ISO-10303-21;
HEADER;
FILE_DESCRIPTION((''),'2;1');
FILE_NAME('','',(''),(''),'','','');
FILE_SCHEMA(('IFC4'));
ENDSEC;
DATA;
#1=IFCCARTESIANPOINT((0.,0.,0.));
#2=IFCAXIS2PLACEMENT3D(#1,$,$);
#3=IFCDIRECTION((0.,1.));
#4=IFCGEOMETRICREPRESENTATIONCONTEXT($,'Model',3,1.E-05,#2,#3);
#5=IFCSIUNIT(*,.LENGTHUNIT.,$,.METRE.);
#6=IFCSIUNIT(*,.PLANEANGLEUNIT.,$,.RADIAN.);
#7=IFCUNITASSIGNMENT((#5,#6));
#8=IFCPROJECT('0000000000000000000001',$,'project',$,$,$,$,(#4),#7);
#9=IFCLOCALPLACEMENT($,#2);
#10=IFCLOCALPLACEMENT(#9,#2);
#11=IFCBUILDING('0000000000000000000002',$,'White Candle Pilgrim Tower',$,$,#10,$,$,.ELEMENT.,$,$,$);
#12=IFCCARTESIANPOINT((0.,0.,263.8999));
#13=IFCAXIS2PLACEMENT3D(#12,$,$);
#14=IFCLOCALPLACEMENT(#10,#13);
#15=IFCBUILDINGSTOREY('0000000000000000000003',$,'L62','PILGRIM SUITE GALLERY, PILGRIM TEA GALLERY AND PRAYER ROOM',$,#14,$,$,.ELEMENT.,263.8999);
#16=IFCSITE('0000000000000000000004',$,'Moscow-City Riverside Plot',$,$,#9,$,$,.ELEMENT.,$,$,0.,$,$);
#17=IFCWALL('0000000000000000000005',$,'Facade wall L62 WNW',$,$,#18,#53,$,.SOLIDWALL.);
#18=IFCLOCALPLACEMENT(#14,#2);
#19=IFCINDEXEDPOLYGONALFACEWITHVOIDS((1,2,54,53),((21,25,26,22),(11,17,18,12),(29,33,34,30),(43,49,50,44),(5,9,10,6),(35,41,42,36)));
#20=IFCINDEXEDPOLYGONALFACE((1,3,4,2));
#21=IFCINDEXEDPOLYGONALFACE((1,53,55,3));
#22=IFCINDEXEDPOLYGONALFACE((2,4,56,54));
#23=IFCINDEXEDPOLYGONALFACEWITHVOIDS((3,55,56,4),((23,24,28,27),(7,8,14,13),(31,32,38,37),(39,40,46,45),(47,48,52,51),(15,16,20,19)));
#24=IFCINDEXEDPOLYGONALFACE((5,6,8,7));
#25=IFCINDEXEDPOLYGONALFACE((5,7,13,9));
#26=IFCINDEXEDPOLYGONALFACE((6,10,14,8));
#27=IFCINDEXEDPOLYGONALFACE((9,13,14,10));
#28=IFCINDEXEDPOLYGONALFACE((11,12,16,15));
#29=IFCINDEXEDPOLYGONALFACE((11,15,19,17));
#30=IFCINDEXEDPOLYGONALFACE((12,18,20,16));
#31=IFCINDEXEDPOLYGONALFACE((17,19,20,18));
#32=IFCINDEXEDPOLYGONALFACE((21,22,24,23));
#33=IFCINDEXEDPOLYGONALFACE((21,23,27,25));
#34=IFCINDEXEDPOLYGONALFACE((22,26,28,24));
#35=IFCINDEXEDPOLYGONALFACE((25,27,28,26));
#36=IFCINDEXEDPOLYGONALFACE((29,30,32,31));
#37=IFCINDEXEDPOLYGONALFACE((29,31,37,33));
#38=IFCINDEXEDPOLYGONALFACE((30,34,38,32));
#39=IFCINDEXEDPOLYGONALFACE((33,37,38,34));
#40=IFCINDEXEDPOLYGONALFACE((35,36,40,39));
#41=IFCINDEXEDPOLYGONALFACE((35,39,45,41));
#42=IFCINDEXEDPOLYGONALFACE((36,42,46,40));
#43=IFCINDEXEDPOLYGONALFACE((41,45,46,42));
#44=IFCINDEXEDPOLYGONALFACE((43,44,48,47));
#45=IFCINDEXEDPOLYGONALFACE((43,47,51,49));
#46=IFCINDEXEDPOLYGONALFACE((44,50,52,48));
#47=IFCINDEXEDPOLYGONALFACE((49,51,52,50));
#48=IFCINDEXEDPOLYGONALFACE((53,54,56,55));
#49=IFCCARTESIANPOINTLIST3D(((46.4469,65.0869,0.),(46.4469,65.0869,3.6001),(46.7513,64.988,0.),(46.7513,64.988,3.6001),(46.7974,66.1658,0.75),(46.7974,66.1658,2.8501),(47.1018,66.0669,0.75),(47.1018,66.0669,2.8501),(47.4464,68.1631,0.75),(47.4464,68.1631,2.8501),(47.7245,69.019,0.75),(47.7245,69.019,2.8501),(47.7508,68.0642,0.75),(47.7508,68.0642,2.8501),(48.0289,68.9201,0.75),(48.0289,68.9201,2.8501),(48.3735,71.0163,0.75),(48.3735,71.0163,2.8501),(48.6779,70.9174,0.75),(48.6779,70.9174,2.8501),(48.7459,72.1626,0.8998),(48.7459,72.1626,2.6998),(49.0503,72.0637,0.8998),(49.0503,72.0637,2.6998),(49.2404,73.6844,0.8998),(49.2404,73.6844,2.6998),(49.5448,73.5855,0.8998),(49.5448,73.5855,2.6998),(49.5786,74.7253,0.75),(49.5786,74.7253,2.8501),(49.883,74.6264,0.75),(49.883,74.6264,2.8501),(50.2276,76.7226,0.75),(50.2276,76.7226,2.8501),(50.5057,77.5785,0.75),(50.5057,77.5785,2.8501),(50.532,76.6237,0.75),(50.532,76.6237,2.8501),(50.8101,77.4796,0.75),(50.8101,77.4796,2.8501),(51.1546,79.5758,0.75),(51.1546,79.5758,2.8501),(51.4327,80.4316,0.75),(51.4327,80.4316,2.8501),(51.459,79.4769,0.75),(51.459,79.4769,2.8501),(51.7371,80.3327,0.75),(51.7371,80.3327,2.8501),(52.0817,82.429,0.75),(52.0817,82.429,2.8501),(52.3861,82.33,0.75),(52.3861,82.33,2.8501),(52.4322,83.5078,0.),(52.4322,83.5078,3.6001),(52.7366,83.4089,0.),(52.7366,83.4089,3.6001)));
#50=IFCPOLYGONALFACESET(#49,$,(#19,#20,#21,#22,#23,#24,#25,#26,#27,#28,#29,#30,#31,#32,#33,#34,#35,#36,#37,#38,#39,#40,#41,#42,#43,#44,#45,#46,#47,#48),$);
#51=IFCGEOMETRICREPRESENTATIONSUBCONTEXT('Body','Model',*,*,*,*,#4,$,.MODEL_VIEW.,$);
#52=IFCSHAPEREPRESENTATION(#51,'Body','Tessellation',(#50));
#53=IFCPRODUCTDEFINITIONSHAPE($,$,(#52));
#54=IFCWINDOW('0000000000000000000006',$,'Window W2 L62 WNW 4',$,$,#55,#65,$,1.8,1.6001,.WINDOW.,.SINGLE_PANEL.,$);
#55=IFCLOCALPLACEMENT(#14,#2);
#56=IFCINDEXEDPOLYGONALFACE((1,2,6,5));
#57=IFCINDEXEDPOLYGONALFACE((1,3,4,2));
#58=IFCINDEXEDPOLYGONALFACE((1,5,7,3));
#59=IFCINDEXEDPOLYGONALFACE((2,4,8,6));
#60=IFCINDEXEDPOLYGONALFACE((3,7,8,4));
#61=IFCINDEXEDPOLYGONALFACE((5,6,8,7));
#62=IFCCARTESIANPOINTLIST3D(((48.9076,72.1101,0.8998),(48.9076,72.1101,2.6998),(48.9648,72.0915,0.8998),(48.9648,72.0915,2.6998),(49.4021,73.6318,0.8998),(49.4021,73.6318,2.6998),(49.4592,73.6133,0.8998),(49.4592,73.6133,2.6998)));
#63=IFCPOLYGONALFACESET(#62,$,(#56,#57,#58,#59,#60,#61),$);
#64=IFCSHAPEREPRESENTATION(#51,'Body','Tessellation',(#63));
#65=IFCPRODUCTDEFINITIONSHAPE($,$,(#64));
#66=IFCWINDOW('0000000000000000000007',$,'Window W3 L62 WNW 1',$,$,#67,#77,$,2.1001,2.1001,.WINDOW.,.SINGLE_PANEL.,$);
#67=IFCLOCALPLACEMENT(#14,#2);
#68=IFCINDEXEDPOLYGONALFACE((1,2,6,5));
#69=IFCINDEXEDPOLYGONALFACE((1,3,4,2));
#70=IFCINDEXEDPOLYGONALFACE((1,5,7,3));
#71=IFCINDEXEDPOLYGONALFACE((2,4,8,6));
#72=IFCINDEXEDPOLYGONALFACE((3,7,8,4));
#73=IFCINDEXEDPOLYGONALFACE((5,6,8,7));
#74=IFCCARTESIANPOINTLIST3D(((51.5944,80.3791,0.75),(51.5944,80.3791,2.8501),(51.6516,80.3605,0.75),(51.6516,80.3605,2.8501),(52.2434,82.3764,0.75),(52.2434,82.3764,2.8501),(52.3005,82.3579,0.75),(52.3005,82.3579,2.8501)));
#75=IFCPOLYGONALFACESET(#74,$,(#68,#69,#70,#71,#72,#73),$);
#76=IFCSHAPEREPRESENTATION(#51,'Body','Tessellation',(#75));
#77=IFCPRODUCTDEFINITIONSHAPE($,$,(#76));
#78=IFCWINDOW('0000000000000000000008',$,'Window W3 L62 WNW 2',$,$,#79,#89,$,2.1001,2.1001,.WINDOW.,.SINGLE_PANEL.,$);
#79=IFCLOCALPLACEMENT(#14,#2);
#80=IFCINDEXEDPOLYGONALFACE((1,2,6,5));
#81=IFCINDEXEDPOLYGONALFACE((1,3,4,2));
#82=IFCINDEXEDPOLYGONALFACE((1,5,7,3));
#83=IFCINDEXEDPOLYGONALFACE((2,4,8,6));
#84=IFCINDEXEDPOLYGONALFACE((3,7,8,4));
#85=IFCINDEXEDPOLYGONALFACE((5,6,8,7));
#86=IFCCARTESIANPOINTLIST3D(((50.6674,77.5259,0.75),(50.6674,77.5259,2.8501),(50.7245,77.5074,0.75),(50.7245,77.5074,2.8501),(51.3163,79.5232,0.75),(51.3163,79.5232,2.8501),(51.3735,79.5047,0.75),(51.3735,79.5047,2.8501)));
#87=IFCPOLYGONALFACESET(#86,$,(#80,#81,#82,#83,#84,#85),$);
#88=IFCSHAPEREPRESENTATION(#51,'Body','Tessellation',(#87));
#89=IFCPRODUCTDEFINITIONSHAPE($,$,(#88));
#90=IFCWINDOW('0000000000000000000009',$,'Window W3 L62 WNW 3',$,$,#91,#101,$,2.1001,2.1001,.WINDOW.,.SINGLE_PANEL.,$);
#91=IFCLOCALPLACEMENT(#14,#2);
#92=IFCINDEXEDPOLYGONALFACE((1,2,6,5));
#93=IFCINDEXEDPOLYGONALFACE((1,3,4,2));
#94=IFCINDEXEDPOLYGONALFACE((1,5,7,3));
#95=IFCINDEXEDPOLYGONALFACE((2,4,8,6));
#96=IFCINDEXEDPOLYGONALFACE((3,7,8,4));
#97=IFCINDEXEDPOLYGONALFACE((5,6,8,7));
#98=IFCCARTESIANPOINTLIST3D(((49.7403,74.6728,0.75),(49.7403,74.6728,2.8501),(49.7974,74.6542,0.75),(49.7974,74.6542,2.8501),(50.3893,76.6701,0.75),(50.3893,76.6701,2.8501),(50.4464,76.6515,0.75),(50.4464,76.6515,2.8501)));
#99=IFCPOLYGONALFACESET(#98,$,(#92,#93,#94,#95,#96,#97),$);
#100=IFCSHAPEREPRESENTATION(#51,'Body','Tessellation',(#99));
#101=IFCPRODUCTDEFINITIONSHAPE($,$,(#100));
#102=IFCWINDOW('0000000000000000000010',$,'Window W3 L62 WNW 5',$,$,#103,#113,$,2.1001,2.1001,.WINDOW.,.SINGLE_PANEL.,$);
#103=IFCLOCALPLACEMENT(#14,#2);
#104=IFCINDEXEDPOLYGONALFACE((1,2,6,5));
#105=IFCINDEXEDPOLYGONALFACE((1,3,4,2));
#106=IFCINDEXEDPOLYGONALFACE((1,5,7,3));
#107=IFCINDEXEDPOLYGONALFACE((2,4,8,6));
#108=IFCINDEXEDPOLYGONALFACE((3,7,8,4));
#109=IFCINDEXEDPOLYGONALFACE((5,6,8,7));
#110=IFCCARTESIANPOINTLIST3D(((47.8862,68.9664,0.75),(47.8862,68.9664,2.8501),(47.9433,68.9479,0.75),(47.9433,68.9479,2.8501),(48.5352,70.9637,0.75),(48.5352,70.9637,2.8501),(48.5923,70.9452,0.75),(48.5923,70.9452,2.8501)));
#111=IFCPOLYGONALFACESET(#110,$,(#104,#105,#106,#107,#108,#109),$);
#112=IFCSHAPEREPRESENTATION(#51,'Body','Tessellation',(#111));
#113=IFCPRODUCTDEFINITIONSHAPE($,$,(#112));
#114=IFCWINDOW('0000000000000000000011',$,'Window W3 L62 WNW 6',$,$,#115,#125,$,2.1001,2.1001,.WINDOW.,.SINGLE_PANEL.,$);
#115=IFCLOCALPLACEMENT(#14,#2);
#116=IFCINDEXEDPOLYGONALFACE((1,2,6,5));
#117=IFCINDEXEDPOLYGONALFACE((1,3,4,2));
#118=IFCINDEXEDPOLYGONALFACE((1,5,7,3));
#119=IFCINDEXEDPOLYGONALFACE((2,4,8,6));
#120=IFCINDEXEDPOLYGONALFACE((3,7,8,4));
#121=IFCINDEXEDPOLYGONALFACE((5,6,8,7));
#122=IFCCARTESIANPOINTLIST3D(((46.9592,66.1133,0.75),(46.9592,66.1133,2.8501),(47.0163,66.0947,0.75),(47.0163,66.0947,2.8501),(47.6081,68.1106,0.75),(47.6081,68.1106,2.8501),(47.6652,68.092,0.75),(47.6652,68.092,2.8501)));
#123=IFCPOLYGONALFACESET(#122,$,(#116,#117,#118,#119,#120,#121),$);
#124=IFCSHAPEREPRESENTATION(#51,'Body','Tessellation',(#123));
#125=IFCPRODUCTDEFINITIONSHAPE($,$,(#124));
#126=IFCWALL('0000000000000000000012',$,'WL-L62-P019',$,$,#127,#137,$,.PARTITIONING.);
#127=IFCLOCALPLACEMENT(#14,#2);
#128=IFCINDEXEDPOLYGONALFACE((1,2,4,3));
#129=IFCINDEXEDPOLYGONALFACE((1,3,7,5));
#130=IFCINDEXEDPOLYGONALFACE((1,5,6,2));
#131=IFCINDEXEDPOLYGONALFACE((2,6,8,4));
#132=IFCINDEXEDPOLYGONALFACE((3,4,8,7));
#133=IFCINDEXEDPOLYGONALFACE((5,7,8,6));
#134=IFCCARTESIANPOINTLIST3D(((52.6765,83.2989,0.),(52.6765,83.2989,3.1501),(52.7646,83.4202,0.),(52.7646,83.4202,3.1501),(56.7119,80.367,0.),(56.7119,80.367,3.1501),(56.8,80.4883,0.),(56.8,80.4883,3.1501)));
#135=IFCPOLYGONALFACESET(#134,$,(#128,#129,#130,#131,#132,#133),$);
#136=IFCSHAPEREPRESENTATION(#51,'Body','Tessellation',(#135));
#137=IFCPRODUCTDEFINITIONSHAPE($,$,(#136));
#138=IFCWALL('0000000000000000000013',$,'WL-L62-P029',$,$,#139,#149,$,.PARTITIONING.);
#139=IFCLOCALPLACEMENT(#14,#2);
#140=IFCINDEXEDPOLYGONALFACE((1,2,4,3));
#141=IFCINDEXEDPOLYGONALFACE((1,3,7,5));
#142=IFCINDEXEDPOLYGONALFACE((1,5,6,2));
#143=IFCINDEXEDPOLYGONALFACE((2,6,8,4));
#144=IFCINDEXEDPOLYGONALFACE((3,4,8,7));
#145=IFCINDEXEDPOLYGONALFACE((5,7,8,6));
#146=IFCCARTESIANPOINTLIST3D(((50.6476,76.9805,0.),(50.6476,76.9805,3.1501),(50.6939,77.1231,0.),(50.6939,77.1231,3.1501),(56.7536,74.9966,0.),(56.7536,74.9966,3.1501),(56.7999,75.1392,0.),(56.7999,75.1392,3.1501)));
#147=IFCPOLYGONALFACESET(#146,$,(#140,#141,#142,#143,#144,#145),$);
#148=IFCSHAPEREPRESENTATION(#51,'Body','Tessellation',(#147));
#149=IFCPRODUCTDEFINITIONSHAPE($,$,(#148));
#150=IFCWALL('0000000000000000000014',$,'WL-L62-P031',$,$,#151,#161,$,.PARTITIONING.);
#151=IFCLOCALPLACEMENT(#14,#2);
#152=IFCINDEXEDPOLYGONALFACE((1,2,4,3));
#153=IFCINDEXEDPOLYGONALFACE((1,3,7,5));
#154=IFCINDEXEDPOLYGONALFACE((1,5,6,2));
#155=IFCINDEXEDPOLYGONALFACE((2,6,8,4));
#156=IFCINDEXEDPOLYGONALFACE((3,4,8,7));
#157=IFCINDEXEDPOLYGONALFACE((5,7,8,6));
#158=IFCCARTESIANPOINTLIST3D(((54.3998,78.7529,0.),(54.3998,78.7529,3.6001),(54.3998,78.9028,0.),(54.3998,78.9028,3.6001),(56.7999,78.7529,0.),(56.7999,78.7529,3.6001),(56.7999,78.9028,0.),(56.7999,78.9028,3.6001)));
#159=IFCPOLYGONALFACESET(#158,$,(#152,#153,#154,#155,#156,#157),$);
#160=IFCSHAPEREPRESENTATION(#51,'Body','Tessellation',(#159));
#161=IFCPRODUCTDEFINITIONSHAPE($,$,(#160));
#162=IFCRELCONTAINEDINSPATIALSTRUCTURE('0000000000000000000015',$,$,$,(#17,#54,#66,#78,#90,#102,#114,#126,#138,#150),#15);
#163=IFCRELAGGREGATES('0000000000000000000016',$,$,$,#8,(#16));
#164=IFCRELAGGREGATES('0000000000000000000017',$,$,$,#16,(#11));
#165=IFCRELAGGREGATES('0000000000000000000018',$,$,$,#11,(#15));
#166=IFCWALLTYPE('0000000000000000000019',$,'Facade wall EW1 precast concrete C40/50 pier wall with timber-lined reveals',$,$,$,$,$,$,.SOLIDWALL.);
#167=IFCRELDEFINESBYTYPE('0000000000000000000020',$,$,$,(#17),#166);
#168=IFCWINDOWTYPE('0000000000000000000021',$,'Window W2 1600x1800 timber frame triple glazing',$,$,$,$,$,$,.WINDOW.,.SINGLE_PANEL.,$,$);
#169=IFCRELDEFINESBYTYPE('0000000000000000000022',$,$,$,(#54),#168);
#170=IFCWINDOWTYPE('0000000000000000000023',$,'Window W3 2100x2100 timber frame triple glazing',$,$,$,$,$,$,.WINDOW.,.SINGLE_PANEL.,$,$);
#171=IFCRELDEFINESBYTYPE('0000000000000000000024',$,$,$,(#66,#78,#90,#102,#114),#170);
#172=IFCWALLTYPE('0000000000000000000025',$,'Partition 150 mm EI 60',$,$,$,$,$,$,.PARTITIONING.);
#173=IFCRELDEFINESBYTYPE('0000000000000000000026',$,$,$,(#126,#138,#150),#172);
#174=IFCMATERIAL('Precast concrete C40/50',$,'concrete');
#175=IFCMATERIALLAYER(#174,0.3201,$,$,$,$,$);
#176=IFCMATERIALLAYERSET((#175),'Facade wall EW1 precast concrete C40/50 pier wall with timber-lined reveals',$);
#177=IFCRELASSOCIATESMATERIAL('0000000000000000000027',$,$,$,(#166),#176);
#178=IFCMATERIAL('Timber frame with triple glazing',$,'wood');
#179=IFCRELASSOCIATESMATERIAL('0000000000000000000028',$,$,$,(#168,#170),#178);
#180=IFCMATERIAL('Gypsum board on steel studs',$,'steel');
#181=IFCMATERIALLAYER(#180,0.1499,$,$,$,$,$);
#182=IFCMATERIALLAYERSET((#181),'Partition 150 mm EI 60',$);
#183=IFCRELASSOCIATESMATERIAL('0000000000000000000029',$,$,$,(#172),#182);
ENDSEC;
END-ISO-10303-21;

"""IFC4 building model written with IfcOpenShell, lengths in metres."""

from ifc_helpers import new_model, si_unit, direction, frame, frame_2d, origin, place, context, subcontext, project, spatial, rectangle, extrude, material, layer, layer_set, type_object, element, fill, save


model = new_model("IFC4")

# Units and contexts
model_context = context("Model", 3, precision=1e-05, world=origin(), true_north=direction((0.0, 1.0)))
body_context = subcontext(model_context, "Body", "Model", "MODEL_VIEW")
ifc_project = project(units=[si_unit("LENGTHUNIT", "METRE"), si_unit("PLANEANGLEUNIT", "RADIAN")], contexts=[model_context])

# Site, building, storey
site_placement = place(None, origin())
site = spatial("IfcSite", under=ifc_project, at=site_placement, Name="Moscow-City Riverside Plot", CompositionType="ELEMENT", RefElevation=0.0)
building_placement = place(site_placement, origin())
building = spatial("IfcBuilding", under=site, at=building_placement, Name="White Candle Pilgrim Tower", CompositionType="ELEMENT")
storey_placement = place(building_placement, frame((0.0, 0.0, 263.8999)))
storey = spatial("IfcBuildingStorey", under=building, at=storey_placement, Name="L62", Description="PILGRIM SUITE GALLERY, PILGRIM TEA GALLERY AND PRAYER ROOM", CompositionType="ELEMENT", Elevation=263.8999)

# Shared definitions
ifc_material_1 = material(Name="Precast concrete C40/50", Category="concrete")
ifc_layer_1 = layer(ifc_material_1, 0.3201)
ifc_layer_set_1 = layer_set([ifc_layer_1], Name="Facade wall EW1 precast concrete C40/50 pier wall with timber-lined reveals")
wall_type_1 = type_object("IfcWallType", Name="Facade wall EW1 precast concrete C40/50 pier wall with timber-lined reveals", PredefinedType="SOLIDWALL", material=ifc_layer_set_1)
ifc_material_2 = material(Name="Timber frame with triple glazing", Category="wood")

# Wall, openings, windows
wall_1_placement = place(storey_placement, frame((52.5845, 83.4585, 0.0), z_axis=(0.0, 0.0, 1.0), x_axis=(-0.309019, -0.951056, 0.0)))
wall_1 = element("IfcWall", 1, at=wall_1_placement, inside=storey, type_object=wall_type_1, Name="Facade wall L62 WNW", PredefinedType="SOLIDWALL", context=body_context, shape_type="SweptSolid", body=[
    extrude(rectangle(XDim=19.3689, YDim=0.3201, at=frame_2d((9.6846, 0.0))), origin(), (0.0, 0.0, 1.0), 3.6001),
])
opening_1_placement = place(wall_1_placement, frame((1.1345, 0.0, 0.75)))
opening_1 = element("IfcOpeningElement", 2, at=opening_1_placement, cuts=wall_1, PredefinedType="OPENING", context=body_context, shape_type="SweptSolid", body=[
    extrude(rectangle(XDim=2.1001, YDim=2.1001, at=frame_2d((1.05, 1.05))), frame((0.0, 0.1699, 0.0), z_axis=(0.0, -1.0, 0.0), x_axis=(1.0, 0.0, 0.0)), (0.0, 0.0, 1.0), 0.3401),
])
opening_2_placement = place(wall_1_placement, frame((4.1345, 0.0, 0.75)))
opening_2 = element("IfcOpeningElement", 3, at=opening_2_placement, cuts=wall_1, PredefinedType="OPENING", context=body_context, shape_type="SweptSolid", body=[
    extrude(rectangle(XDim=2.1001, YDim=2.1001, at=frame_2d((1.05, 1.05))), frame((0.0, 0.1699, 0.0), z_axis=(0.0, -1.0, 0.0), x_axis=(1.0, 0.0, 0.0)), (0.0, 0.0, 1.0), 0.3401),
])
opening_3_placement = place(wall_1_placement, frame((7.1345, 0.0, 0.75)))
opening_3 = element("IfcOpeningElement", 4, at=opening_3_placement, cuts=wall_1, PredefinedType="OPENING", context=body_context, shape_type="SweptSolid", body=[
    extrude(rectangle(XDim=2.1001, YDim=2.1001, at=frame_2d((1.05, 1.05))), frame((0.0, 0.1699, 0.0), z_axis=(0.0, -1.0, 0.0), x_axis=(1.0, 0.0, 0.0)), (0.0, 0.0, 1.0), 0.3401),
])
opening_4_placement = place(wall_1_placement, frame((10.3291, 0.0, 0.8999)))
opening_4 = element("IfcOpeningElement", 5, at=opening_4_placement, cuts=wall_1, PredefinedType="OPENING", context=body_context, shape_type="SweptSolid", body=[
    extrude(rectangle(XDim=1.6001, YDim=1.8, at=frame_2d((0.8, 0.8999))), frame((0.0, 0.1699, 0.0), z_axis=(0.0, -1.0, 0.0), x_axis=(1.0, 0.0, 0.0)), (0.0, 0.0, 1.0), 0.3401),
])
opening_5_placement = place(wall_1_placement, frame((13.1345, 0.0, 0.75)))
opening_5 = element("IfcOpeningElement", 6, at=opening_5_placement, cuts=wall_1, PredefinedType="OPENING", context=body_context, shape_type="SweptSolid", body=[
    extrude(rectangle(XDim=2.1001, YDim=2.1001, at=frame_2d((1.05, 1.05))), frame((0.0, 0.1699, 0.0), z_axis=(0.0, -1.0, 0.0), x_axis=(1.0, 0.0, 0.0)), (0.0, 0.0, 1.0), 0.3401),
])
opening_6_placement = place(wall_1_placement, frame((16.1345, 0.0, 0.75)))
opening_6 = element("IfcOpeningElement", 7, at=opening_6_placement, cuts=wall_1, PredefinedType="OPENING", context=body_context, shape_type="SweptSolid", body=[
    extrude(rectangle(XDim=2.1001, YDim=2.1001, at=frame_2d((1.05, 1.05))), frame((0.0, 0.1699, 0.0), z_axis=(0.0, -1.0, 0.0), x_axis=(1.0, 0.0, 0.0)), (0.0, 0.0, 1.0), 0.3401),
])
window_type_1 = type_object("IfcWindowType", Name="Window W2 1600x1800 timber frame triple glazing", PartitioningType="SINGLE_PANEL", PredefinedType="WINDOW", material=ifc_material_2)
window_1_placement = place(opening_4_placement, origin())
window_1 = element("IfcWindow", 8, at=window_1_placement, inside=storey, type_object=window_type_1, Name="Window W2 L62 WNW 4", OverallHeight=1.8, OverallWidth=1.6001, PartitioningType="SINGLE_PANEL", PredefinedType="WINDOW", context=body_context, shape_type="SweptSolid", body=[
    extrude(rectangle(XDim=1.6001, YDim=1.8, at=frame_2d((0.8, 0.8999))), frame((0.0, 0.0701, 0.0), z_axis=(0.0, -1.0, 0.0), x_axis=(1.0, 0.0, 0.0)), (0.0, 0.0, 1.0), 0.0601),
])
fill(opening_4, window_1)
window_type_2 = type_object("IfcWindowType", Name="Window W3 2100x2100 timber frame triple glazing", PartitioningType="SINGLE_PANEL", PredefinedType="WINDOW", material=ifc_material_2)
window_2_placement = place(opening_1_placement, origin())
window_2 = element("IfcWindow", 9, at=window_2_placement, inside=storey, type_object=window_type_2, Name="Window W3 L62 WNW 1", OverallHeight=2.1001, OverallWidth=2.1001, PartitioningType="SINGLE_PANEL", PredefinedType="WINDOW", context=body_context, shape_type="SweptSolid", body=[
    extrude(rectangle(XDim=2.1001, YDim=2.1001, at=frame_2d((1.05, 1.05))), frame((0.0, 0.0701, 0.0), z_axis=(0.0, -1.0, 0.0), x_axis=(1.0, 0.0, 0.0)), (0.0, 0.0, 1.0), 0.0601),
])
fill(opening_1, window_2)
window_3_placement = place(opening_2_placement, origin())
window_3 = element("IfcWindow", 10, at=window_3_placement, inside=storey, type_object=window_type_2, Name="Window W3 L62 WNW 2", OverallHeight=2.1001, OverallWidth=2.1001, PartitioningType="SINGLE_PANEL", PredefinedType="WINDOW", context=body_context, shape_type="SweptSolid", body=[
    extrude(rectangle(XDim=2.1001, YDim=2.1001, at=frame_2d((1.05, 1.05))), frame((0.0, 0.0701, 0.0), z_axis=(0.0, -1.0, 0.0), x_axis=(1.0, 0.0, 0.0)), (0.0, 0.0, 1.0), 0.0601),
])
fill(opening_2, window_3)
window_4_placement = place(opening_3_placement, origin())
window_4 = element("IfcWindow", 11, at=window_4_placement, inside=storey, type_object=window_type_2, Name="Window W3 L62 WNW 3", OverallHeight=2.1001, OverallWidth=2.1001, PartitioningType="SINGLE_PANEL", PredefinedType="WINDOW", context=body_context, shape_type="SweptSolid", body=[
    extrude(rectangle(XDim=2.1001, YDim=2.1001, at=frame_2d((1.05, 1.05))), frame((0.0, 0.0701, 0.0), z_axis=(0.0, -1.0, 0.0), x_axis=(1.0, 0.0, 0.0)), (0.0, 0.0, 1.0), 0.0601),
])
fill(opening_3, window_4)
window_5_placement = place(opening_5_placement, origin())
window_5 = element("IfcWindow", 12, at=window_5_placement, inside=storey, type_object=window_type_2, Name="Window W3 L62 WNW 5", OverallHeight=2.1001, OverallWidth=2.1001, PartitioningType="SINGLE_PANEL", PredefinedType="WINDOW", context=body_context, shape_type="SweptSolid", body=[
    extrude(rectangle(XDim=2.1001, YDim=2.1001, at=frame_2d((1.05, 1.05))), frame((0.0, 0.0701, 0.0), z_axis=(0.0, -1.0, 0.0), x_axis=(1.0, 0.0, 0.0)), (0.0, 0.0, 1.0), 0.0601),
])
fill(opening_5, window_5)
window_6_placement = place(opening_6_placement, origin())
window_6 = element("IfcWindow", 13, at=window_6_placement, inside=storey, type_object=window_type_2, Name="Window W3 L62 WNW 6", OverallHeight=2.1001, OverallWidth=2.1001, PartitioningType="SINGLE_PANEL", PredefinedType="WINDOW", context=body_context, shape_type="SweptSolid", body=[
    extrude(rectangle(XDim=2.1001, YDim=2.1001, at=frame_2d((1.05, 1.05))), frame((0.0, 0.0701, 0.0), z_axis=(0.0, -1.0, 0.0), x_axis=(1.0, 0.0, 0.0)), (0.0, 0.0, 1.0), 0.0601),
])
fill(opening_6, window_6)

# Walls
ifc_material_3 = material(Name="Gypsum board on steel studs", Category="steel")
ifc_layer_2 = layer(ifc_material_3, 0.1499)
ifc_layer_set_2 = layer_set([ifc_layer_2], Name="Partition 150 mm EI 60")
wall_type_2 = type_object("IfcWallType", Name="Partition 150 mm EI 60", PredefinedType="PARTITIONING", material=ifc_layer_set_2)
wall_2_placement = place(storey_placement, frame((52.7205, 83.3596, 0.0), z_axis=(0.0, 0.0, 1.0), x_axis=(0.809017, -0.587785, 0.0)))
element("IfcWall", 14, at=wall_2_placement, inside=storey, type_object=wall_type_2, Name="WL-L62-P019", PredefinedType="PARTITIONING", context=body_context, shape_type="SweptSolid", body=[
    extrude(rectangle(XDim=4.988, YDim=0.1499, at=frame_2d((2.4941, 0.0))), origin(), (0.0, 0.0, 1.0), 3.1501),
])
wall_3_placement = place(storey_placement, frame((50.6709, 77.0518, 0.0), z_axis=(0.0, 0.0, 1.0), x_axis=(0.951059, -0.309009, 0.0)))
element("IfcWall", 15, at=wall_3_placement, inside=storey, type_object=wall_type_2, Name="WL-L62-P029", PredefinedType="PARTITIONING", context=body_context, shape_type="SweptSolid", body=[
    extrude(rectangle(XDim=6.4202, YDim=0.1499, at=frame_2d((3.21, 0.0))), origin(), (0.0, 0.0, 1.0), 3.1501),
])
wall_4_placement = place(storey_placement, frame((56.8, 78.8279, 0.0), z_axis=(0.0, 0.0, 1.0), x_axis=(-1.0, 0.0, 0.0)))
element("IfcWall", 16, at=wall_4_placement, inside=storey, type_object=wall_type_2, Name="WL-L62-P031", PredefinedType="PARTITIONING", context=body_context, shape_type="SweptSolid", body=[
    extrude(rectangle(XDim=2.4001, YDim=0.1499, at=frame_2d((1.2002, 0.0))), origin(), (0.0, 0.0, 1.0), 3.6001),
])

save(model, "model.ifc")
